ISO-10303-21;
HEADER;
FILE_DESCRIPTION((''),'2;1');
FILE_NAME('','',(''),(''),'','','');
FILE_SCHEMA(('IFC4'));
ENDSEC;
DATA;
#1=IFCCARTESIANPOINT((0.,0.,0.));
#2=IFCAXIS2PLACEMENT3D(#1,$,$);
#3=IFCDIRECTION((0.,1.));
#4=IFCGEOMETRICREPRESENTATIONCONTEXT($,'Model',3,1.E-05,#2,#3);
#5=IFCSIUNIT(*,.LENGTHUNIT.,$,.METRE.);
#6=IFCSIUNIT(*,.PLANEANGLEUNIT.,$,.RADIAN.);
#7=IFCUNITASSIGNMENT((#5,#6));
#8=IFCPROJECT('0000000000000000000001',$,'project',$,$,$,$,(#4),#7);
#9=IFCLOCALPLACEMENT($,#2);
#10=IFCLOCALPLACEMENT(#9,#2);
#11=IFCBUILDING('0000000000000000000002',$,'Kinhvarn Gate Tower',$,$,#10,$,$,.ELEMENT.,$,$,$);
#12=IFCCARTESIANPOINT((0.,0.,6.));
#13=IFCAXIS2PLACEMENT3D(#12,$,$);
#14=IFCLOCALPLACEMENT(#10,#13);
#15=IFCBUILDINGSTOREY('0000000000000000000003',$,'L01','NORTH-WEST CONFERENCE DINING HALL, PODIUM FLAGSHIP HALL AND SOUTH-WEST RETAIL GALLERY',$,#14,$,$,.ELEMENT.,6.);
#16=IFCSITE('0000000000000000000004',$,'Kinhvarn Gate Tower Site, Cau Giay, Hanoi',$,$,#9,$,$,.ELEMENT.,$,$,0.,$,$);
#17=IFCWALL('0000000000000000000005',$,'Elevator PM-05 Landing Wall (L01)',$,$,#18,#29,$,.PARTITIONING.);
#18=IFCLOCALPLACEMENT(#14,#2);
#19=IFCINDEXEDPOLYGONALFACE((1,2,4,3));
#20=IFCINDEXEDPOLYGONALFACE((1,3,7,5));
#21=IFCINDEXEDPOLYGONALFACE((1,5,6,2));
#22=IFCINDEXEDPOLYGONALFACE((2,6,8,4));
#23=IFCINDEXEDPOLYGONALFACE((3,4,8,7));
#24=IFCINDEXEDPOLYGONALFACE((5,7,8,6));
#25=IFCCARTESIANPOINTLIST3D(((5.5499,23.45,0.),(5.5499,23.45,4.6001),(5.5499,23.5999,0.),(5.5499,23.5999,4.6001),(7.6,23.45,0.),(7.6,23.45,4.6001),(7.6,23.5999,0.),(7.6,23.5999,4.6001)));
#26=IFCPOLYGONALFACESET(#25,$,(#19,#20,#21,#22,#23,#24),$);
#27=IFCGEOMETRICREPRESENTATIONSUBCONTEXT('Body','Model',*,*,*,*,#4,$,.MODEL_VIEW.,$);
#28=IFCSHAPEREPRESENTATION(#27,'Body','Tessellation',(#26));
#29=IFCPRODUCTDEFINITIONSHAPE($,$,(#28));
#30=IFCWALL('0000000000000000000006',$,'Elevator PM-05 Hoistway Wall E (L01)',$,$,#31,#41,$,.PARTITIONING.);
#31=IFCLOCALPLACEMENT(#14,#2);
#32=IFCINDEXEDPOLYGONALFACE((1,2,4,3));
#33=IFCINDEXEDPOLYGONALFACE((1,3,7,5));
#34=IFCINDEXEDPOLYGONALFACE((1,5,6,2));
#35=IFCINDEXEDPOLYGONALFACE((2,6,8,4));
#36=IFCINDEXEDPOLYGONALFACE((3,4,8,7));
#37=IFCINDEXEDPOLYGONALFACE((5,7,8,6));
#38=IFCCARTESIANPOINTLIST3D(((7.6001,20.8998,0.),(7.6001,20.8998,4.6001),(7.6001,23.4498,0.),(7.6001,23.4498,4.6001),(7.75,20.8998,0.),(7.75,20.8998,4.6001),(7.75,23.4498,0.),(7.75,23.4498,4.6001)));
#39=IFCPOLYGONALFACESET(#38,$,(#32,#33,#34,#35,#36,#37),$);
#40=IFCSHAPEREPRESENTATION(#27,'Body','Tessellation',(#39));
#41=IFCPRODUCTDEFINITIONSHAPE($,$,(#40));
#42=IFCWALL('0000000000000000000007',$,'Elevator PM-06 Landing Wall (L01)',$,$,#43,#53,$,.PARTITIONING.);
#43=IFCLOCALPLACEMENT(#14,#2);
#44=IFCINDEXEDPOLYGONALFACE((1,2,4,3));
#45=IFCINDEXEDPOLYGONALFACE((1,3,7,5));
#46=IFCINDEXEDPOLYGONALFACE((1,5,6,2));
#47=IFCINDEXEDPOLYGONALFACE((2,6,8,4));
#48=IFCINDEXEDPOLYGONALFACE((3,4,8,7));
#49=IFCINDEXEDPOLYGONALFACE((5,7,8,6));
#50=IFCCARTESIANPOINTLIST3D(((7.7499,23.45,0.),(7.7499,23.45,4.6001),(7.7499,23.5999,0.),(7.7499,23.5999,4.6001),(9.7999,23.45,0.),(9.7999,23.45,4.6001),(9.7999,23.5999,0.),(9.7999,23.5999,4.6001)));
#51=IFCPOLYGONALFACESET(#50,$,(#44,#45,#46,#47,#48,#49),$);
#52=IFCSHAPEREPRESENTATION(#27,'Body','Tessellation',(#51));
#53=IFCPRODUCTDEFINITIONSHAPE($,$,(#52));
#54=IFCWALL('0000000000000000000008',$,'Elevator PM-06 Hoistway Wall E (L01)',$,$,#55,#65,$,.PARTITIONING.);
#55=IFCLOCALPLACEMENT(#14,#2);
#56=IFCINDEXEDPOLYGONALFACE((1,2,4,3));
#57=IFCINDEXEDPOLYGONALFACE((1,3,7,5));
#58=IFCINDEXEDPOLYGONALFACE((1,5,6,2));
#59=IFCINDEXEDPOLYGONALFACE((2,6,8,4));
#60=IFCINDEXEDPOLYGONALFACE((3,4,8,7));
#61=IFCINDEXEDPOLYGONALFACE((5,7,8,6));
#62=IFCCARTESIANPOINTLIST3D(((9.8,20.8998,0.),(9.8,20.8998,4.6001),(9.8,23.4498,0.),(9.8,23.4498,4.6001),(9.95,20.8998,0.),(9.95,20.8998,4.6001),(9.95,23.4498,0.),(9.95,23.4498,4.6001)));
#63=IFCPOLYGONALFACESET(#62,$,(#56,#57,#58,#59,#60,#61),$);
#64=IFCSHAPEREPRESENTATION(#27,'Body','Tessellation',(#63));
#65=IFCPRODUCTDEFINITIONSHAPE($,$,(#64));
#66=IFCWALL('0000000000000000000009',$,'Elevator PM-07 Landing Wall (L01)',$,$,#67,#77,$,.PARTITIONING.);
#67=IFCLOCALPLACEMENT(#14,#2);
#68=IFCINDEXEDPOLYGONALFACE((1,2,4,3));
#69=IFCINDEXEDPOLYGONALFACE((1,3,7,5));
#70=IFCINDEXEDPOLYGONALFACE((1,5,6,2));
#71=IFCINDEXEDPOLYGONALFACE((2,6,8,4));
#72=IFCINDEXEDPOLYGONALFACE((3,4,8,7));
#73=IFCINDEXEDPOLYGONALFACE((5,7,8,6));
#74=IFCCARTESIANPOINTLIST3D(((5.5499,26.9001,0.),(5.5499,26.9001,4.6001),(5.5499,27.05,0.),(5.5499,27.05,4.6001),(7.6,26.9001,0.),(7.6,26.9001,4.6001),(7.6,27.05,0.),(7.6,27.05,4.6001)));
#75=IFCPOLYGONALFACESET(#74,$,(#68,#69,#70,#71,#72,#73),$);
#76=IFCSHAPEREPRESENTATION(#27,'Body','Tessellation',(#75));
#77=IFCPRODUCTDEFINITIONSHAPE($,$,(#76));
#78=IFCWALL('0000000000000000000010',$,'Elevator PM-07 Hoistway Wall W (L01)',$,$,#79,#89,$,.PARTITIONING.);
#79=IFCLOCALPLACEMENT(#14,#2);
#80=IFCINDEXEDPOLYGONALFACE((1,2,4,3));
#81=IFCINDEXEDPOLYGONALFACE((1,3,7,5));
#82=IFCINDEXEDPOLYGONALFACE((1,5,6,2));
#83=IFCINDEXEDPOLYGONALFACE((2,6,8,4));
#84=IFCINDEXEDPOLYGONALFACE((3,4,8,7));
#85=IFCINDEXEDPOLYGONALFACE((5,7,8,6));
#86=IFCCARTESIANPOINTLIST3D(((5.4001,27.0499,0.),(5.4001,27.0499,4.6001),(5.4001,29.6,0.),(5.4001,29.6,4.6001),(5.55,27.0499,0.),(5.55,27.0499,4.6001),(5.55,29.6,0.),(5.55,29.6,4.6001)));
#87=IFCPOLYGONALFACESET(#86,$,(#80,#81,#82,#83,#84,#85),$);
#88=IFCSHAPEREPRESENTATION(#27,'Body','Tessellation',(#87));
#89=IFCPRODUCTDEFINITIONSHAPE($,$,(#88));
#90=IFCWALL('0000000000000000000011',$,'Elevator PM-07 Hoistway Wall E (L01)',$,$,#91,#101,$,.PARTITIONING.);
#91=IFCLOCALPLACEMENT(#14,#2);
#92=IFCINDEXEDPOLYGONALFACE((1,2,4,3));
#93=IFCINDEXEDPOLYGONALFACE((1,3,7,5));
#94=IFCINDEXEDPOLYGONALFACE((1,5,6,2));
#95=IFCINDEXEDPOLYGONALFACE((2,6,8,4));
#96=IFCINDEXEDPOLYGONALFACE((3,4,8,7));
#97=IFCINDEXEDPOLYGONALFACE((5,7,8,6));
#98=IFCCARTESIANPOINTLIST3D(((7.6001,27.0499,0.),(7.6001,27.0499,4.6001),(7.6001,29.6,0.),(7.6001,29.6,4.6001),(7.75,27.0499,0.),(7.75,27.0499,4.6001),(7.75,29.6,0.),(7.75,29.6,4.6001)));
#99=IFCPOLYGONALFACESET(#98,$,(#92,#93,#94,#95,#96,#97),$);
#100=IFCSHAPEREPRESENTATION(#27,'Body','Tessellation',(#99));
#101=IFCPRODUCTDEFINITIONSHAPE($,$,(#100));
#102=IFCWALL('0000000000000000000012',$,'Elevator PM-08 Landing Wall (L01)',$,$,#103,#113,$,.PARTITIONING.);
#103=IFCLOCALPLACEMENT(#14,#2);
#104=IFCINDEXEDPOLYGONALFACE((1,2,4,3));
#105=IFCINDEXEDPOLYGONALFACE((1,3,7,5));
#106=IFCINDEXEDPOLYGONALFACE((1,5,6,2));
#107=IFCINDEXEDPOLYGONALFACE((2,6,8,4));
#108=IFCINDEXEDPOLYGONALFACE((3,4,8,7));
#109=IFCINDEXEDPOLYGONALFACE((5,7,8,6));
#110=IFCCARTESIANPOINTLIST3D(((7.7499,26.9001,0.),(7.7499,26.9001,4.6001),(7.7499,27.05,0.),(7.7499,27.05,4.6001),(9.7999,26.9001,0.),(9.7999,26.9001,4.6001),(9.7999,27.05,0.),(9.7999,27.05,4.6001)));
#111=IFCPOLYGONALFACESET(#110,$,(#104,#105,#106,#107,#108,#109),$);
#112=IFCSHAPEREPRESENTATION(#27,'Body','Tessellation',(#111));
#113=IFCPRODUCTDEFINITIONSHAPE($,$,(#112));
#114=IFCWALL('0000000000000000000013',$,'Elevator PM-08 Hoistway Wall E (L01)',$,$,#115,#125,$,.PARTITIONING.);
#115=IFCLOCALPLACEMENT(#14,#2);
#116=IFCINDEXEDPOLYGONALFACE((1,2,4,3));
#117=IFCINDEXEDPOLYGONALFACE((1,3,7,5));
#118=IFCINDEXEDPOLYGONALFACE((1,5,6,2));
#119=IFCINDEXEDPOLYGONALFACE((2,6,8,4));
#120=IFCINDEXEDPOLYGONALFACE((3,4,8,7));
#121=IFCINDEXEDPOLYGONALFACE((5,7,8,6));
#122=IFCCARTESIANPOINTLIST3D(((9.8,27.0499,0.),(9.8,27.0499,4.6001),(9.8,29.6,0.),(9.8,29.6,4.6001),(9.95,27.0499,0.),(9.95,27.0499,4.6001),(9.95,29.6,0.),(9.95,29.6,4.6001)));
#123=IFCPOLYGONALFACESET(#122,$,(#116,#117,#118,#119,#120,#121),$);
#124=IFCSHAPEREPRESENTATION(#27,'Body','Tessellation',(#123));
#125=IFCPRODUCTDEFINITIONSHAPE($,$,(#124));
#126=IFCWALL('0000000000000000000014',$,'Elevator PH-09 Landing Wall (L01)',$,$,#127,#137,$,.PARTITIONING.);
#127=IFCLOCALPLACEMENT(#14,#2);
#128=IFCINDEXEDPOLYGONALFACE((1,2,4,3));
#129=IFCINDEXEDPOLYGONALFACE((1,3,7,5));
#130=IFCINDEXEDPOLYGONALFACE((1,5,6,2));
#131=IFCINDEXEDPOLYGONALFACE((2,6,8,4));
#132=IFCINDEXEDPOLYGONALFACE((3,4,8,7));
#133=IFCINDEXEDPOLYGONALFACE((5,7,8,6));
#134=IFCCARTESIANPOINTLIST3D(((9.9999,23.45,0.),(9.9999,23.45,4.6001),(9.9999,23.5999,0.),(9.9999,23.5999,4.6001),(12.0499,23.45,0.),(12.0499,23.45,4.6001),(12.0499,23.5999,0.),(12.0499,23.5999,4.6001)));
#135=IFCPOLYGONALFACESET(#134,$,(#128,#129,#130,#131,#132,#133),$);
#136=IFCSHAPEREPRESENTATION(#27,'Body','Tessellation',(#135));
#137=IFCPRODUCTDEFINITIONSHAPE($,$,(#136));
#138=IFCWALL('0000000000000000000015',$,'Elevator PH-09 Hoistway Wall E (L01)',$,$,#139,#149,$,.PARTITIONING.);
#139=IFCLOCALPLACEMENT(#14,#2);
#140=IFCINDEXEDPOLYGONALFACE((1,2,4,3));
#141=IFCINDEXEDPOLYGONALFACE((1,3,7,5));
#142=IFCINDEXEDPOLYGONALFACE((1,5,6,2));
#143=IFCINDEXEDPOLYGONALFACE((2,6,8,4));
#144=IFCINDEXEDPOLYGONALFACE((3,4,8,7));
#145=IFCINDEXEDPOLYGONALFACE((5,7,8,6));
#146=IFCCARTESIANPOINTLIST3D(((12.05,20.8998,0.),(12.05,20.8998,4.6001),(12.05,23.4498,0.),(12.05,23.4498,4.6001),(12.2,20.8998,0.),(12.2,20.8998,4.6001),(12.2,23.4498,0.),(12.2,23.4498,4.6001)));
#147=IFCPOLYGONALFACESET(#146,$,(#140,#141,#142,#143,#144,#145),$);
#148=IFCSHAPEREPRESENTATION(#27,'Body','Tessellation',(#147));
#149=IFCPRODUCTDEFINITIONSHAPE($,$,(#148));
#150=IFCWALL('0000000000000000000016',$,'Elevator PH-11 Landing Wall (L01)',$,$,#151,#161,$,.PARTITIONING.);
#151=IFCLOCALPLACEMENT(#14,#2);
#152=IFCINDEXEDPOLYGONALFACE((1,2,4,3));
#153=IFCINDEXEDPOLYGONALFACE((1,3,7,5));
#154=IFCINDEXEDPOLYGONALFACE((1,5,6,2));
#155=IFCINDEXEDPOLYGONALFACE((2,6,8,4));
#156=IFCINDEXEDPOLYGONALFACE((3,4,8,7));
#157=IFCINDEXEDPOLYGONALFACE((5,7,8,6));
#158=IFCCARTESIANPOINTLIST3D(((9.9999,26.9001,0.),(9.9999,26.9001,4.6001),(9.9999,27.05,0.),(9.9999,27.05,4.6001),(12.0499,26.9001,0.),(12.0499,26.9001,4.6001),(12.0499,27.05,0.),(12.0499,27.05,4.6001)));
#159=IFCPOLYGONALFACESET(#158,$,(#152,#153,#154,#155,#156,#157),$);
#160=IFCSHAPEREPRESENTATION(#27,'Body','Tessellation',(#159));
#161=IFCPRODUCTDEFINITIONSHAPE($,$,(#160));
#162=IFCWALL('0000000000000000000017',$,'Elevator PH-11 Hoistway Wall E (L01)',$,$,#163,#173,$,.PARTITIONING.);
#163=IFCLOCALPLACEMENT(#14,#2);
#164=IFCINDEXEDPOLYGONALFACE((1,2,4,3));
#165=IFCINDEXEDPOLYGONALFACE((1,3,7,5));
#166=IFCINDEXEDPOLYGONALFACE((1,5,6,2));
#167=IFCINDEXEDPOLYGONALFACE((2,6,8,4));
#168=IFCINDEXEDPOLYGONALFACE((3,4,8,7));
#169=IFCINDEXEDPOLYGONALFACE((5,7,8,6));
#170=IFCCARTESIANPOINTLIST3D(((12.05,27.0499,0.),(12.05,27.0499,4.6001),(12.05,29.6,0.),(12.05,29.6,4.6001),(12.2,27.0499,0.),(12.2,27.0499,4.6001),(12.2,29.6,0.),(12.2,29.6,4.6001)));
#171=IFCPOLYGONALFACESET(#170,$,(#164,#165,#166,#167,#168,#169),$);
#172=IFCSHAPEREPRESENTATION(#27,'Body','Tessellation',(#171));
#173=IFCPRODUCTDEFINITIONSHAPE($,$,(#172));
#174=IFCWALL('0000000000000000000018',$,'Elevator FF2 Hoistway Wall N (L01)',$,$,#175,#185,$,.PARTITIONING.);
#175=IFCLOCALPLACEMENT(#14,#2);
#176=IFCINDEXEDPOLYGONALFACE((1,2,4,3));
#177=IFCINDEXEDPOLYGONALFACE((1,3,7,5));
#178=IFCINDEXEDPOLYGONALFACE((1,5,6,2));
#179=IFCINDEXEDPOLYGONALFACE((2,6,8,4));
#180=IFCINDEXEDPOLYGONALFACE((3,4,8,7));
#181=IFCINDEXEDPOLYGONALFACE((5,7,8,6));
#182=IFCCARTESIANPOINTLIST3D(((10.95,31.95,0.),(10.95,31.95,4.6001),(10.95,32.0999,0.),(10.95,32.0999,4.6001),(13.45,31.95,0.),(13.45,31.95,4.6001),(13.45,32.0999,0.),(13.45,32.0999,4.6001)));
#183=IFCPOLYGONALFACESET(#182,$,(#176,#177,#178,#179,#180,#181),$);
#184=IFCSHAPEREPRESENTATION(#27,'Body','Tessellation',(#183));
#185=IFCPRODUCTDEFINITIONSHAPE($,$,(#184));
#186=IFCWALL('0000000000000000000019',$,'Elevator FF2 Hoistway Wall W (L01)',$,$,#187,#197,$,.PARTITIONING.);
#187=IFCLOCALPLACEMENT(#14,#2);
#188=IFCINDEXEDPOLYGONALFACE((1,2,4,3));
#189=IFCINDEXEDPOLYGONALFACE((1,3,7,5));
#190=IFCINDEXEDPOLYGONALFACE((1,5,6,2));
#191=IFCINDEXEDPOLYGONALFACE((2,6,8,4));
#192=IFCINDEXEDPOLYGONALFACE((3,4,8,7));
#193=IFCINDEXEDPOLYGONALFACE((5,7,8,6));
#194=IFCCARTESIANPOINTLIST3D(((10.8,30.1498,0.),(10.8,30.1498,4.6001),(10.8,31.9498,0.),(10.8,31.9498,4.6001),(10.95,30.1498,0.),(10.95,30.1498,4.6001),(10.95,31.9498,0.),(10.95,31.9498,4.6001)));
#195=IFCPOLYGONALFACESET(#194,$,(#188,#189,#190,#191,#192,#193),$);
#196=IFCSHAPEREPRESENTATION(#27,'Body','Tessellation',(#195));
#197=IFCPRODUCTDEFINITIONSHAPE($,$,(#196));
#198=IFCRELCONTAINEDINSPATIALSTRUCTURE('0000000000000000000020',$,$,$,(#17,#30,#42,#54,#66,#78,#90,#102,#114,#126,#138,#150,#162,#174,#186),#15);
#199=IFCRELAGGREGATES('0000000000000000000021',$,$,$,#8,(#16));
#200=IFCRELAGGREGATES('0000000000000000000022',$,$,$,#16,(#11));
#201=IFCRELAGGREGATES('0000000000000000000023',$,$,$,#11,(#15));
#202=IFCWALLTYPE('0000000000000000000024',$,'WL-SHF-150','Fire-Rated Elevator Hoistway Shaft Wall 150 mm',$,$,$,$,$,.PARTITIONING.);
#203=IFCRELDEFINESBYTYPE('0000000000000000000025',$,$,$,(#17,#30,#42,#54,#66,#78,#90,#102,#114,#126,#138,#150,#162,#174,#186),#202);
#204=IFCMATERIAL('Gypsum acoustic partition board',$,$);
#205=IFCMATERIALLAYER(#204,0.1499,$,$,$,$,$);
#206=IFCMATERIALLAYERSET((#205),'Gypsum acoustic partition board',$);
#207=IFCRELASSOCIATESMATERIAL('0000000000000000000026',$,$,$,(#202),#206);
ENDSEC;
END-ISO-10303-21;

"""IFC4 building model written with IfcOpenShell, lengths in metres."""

from ifc_helpers import new_model, si_unit, direction, frame, frame_2d, origin, place, context, subcontext, project, spatial, rectangle, extrude, material, layer, layer_set, type_object, element, save


model = new_model("IFC4")

# Units and contexts
model_context = context("Model", 3, precision=1e-05, world=origin(), true_north=direction((0.0, 1.0)))
body_context = subcontext(model_context, "Body", "Model", "MODEL_VIEW")
ifc_project = project(units=[si_unit("LENGTHUNIT", "METRE"), si_unit("PLANEANGLEUNIT", "RADIAN")], contexts=[model_context])

# Site, building, storey
site_placement = place(None, origin())
site = spatial("IfcSite", under=ifc_project, at=site_placement, Name="Kinhvarn Gate Tower Site, Cau Giay, Hanoi", CompositionType="ELEMENT", RefElevation=0.0)
building_placement = place(site_placement, origin())
building = spatial("IfcBuilding", under=site, at=building_placement, Name="Kinhvarn Gate Tower", CompositionType="ELEMENT")
storey_placement = place(building_placement, frame((0.0, 0.0, 6.0)))
storey = spatial("IfcBuildingStorey", under=building, at=storey_placement, Name="L01", Description="NORTH-WEST CONFERENCE DINING HALL, PODIUM FLAGSHIP HALL AND SOUTH-WEST RETAIL GALLERY", CompositionType="ELEMENT", Elevation=6.0)

# Shared definitions
ifc_material_1 = material(Name="Gypsum acoustic partition board")

# Walls
ifc_layer_1 = layer(ifc_material_1, 0.1499)
ifc_layer_set_1 = layer_set([ifc_layer_1], Name="Gypsum acoustic partition board")
wall_type_1 = type_object("IfcWallType", Name="WL-SHF-150", Description="Fire-Rated Elevator Hoistway Shaft Wall 150 mm", PredefinedType="PARTITIONING", material=ifc_layer_set_1)
wall_1_placement = place(storey_placement, frame((5.55, 23.5249, 0.0), z_axis=(0.0, 0.0, 1.0), x_axis=(1.0, 0.0, 0.0)))
element("IfcWall", 1, at=wall_1_placement, inside=storey, type_object=wall_type_1, Name="Elevator PM-05 Landing Wall (L01)", PredefinedType="PARTITIONING", context=body_context, shape_type="SweptSolid", body=[
    extrude(rectangle(XDim=2.05, YDim=0.1499, at=frame_2d((1.0249, 0.0))), origin(), (0.0, 0.0, 1.0), 4.6001),
])
wall_2_placement = place(storey_placement, frame((7.675, 20.8999, 0.0), z_axis=(0.0, 0.0, 1.0), x_axis=(0.0, 1.0, 0.0)))
element("IfcWall", 2, at=wall_2_placement, inside=storey, type_object=wall_type_1, Name="Elevator PM-05 Hoistway Wall E (L01)", PredefinedType="PARTITIONING", context=body_context, shape_type="SweptSolid", body=[
    extrude(rectangle(XDim=2.55, YDim=0.1499, at=frame_2d((1.2749, 0.0))), origin(), (0.0, 0.0, 1.0), 4.6001),
])
wall_3_placement = place(storey_placement, frame((7.75, 23.5249, 0.0), z_axis=(0.0, 0.0, 1.0), x_axis=(1.0, 0.0, 0.0)))
element("IfcWall", 3, at=wall_3_placement, inside=storey, type_object=wall_type_1, Name="Elevator PM-06 Landing Wall (L01)", PredefinedType="PARTITIONING", context=body_context, shape_type="SweptSolid", body=[
    extrude(rectangle(XDim=2.05, YDim=0.1499, at=frame_2d((1.0249, 0.0))), origin(), (0.0, 0.0, 1.0), 4.6001),
])
wall_4_placement = place(storey_placement, frame((9.875, 20.8999, 0.0), z_axis=(0.0, 0.0, 1.0), x_axis=(0.0, 1.0, 0.0)))
element("IfcWall", 4, at=wall_4_placement, inside=storey, type_object=wall_type_1, Name="Elevator PM-06 Hoistway Wall E (L01)", PredefinedType="PARTITIONING", context=body_context, shape_type="SweptSolid", body=[
    extrude(rectangle(XDim=2.55, YDim=0.1499, at=frame_2d((1.2749, 0.0))), origin(), (0.0, 0.0, 1.0), 4.6001),
])
wall_5_placement = place(storey_placement, frame((5.55, 26.9751, 0.0), z_axis=(0.0, 0.0, 1.0), x_axis=(1.0, 0.0, 0.0)))
element("IfcWall", 5, at=wall_5_placement, inside=storey, type_object=wall_type_1, Name="Elevator PM-07 Landing Wall (L01)", PredefinedType="PARTITIONING", context=body_context, shape_type="SweptSolid", body=[
    extrude(rectangle(XDim=2.05, YDim=0.1499, at=frame_2d((1.0249, 0.0))), origin(), (0.0, 0.0, 1.0), 4.6001),
])
for number, where, z_axis, x_axis, name in (
    (6, (5.4751, 27.05, 0.0), (0.0, 0.0, 1.0), (0.0, 1.0, 0.0), "Elevator PM-07 Hoistway Wall W (L01)"),
    (7, (7.675, 27.05, 0.0), (0.0, 0.0, 1.0), (0.0, 1.0, 0.0), "Elevator PM-07 Hoistway Wall E (L01)"),
):
    element("IfcWall", number, at=place(storey_placement, frame(where, z_axis=z_axis, x_axis=x_axis)), inside=storey, type_object=wall_type_1, Name=name, PredefinedType="PARTITIONING", context=body_context, shape_type="SweptSolid", body=[
        extrude(rectangle(XDim=2.55, YDim=0.1499, at=frame_2d((1.2749, 0.0))), origin(), (0.0, 0.0, 1.0), 4.6001),
    ])
wall_6_placement = place(storey_placement, frame((7.75, 26.9751, 0.0), z_axis=(0.0, 0.0, 1.0), x_axis=(1.0, 0.0, 0.0)))
element("IfcWall", 8, at=wall_6_placement, inside=storey, type_object=wall_type_1, Name="Elevator PM-08 Landing Wall (L01)", PredefinedType="PARTITIONING", context=body_context, shape_type="SweptSolid", body=[
    extrude(rectangle(XDim=2.05, YDim=0.1499, at=frame_2d((1.0249, 0.0))), origin(), (0.0, 0.0, 1.0), 4.6001),
])
wall_7_placement = place(storey_placement, frame((9.875, 27.05, 0.0), z_axis=(0.0, 0.0, 1.0), x_axis=(0.0, 1.0, 0.0)))
element("IfcWall", 9, at=wall_7_placement, inside=storey, type_object=wall_type_1, Name="Elevator PM-08 Hoistway Wall E (L01)", PredefinedType="PARTITIONING", context=body_context, shape_type="SweptSolid", body=[
    extrude(rectangle(XDim=2.55, YDim=0.1499, at=frame_2d((1.2749, 0.0))), origin(), (0.0, 0.0, 1.0), 4.6001),
])
wall_8_placement = place(storey_placement, frame((10.0, 23.5249, 0.0), z_axis=(0.0, 0.0, 1.0), x_axis=(1.0, 0.0, 0.0)))
element("IfcWall", 10, at=wall_8_placement, inside=storey, type_object=wall_type_1, Name="Elevator PH-09 Landing Wall (L01)", PredefinedType="PARTITIONING", context=body_context, shape_type="SweptSolid", body=[
    extrude(rectangle(XDim=2.05, YDim=0.1499, at=frame_2d((1.0249, 0.0))), origin(), (0.0, 0.0, 1.0), 4.6001),
])
wall_9_placement = place(storey_placement, frame((12.125, 20.8999, 0.0), z_axis=(0.0, 0.0, 1.0), x_axis=(0.0, 1.0, 0.0)))
element("IfcWall", 11, at=wall_9_placement, inside=storey, type_object=wall_type_1, Name="Elevator PH-09 Hoistway Wall E (L01)", PredefinedType="PARTITIONING", context=body_context, shape_type="SweptSolid", body=[
    extrude(rectangle(XDim=2.55, YDim=0.1499, at=frame_2d((1.2749, 0.0))), origin(), (0.0, 0.0, 1.0), 4.6001),
])
wall_10_placement = place(storey_placement, frame((10.0, 26.9751, 0.0), z_axis=(0.0, 0.0, 1.0), x_axis=(1.0, 0.0, 0.0)))
element("IfcWall", 12, at=wall_10_placement, inside=storey, type_object=wall_type_1, Name="Elevator PH-11 Landing Wall (L01)", PredefinedType="PARTITIONING", context=body_context, shape_type="SweptSolid", body=[
    extrude(rectangle(XDim=2.05, YDim=0.1499, at=frame_2d((1.0249, 0.0))), origin(), (0.0, 0.0, 1.0), 4.6001),
])
wall_11_placement = place(storey_placement, frame((12.125, 27.05, 0.0), z_axis=(0.0, 0.0, 1.0), x_axis=(0.0, 1.0, 0.0)))
element("IfcWall", 13, at=wall_11_placement, inside=storey, type_object=wall_type_1, Name="Elevator PH-11 Hoistway Wall E (L01)", PredefinedType="PARTITIONING", context=body_context, shape_type="SweptSolid", body=[
    extrude(rectangle(XDim=2.55, YDim=0.1499, at=frame_2d((1.2749, 0.0))), origin(), (0.0, 0.0, 1.0), 4.6001),
])
wall_12_placement = place(storey_placement, frame((10.95, 32.0249, 0.0), z_axis=(0.0, 0.0, 1.0), x_axis=(1.0, 0.0, 0.0)))
element("IfcWall", 14, at=wall_12_placement, inside=storey, type_object=wall_type_1, Name="Elevator FF2 Hoistway Wall N (L01)", PredefinedType="PARTITIONING", context=body_context, shape_type="SweptSolid", body=[
    extrude(rectangle(XDim=2.5, YDim=0.1499, at=frame_2d((1.25, 0.0))), origin(), (0.0, 0.0, 1.0), 4.6001),
])
wall_13_placement = place(storey_placement, frame((10.875, 30.1499, 0.0), z_axis=(0.0, 0.0, 1.0), x_axis=(0.0, 1.0, 0.0)))
element("IfcWall", 15, at=wall_13_placement, inside=storey, type_object=wall_type_1, Name="Elevator FF2 Hoistway Wall W (L01)", PredefinedType="PARTITIONING", context=body_context, shape_type="SweptSolid", body=[
    extrude(rectangle(XDim=1.8, YDim=0.1499, at=frame_2d((0.8999, 0.0))), origin(), (0.0, 0.0, 1.0), 4.6001),
])

save(model, "model.ifc")
